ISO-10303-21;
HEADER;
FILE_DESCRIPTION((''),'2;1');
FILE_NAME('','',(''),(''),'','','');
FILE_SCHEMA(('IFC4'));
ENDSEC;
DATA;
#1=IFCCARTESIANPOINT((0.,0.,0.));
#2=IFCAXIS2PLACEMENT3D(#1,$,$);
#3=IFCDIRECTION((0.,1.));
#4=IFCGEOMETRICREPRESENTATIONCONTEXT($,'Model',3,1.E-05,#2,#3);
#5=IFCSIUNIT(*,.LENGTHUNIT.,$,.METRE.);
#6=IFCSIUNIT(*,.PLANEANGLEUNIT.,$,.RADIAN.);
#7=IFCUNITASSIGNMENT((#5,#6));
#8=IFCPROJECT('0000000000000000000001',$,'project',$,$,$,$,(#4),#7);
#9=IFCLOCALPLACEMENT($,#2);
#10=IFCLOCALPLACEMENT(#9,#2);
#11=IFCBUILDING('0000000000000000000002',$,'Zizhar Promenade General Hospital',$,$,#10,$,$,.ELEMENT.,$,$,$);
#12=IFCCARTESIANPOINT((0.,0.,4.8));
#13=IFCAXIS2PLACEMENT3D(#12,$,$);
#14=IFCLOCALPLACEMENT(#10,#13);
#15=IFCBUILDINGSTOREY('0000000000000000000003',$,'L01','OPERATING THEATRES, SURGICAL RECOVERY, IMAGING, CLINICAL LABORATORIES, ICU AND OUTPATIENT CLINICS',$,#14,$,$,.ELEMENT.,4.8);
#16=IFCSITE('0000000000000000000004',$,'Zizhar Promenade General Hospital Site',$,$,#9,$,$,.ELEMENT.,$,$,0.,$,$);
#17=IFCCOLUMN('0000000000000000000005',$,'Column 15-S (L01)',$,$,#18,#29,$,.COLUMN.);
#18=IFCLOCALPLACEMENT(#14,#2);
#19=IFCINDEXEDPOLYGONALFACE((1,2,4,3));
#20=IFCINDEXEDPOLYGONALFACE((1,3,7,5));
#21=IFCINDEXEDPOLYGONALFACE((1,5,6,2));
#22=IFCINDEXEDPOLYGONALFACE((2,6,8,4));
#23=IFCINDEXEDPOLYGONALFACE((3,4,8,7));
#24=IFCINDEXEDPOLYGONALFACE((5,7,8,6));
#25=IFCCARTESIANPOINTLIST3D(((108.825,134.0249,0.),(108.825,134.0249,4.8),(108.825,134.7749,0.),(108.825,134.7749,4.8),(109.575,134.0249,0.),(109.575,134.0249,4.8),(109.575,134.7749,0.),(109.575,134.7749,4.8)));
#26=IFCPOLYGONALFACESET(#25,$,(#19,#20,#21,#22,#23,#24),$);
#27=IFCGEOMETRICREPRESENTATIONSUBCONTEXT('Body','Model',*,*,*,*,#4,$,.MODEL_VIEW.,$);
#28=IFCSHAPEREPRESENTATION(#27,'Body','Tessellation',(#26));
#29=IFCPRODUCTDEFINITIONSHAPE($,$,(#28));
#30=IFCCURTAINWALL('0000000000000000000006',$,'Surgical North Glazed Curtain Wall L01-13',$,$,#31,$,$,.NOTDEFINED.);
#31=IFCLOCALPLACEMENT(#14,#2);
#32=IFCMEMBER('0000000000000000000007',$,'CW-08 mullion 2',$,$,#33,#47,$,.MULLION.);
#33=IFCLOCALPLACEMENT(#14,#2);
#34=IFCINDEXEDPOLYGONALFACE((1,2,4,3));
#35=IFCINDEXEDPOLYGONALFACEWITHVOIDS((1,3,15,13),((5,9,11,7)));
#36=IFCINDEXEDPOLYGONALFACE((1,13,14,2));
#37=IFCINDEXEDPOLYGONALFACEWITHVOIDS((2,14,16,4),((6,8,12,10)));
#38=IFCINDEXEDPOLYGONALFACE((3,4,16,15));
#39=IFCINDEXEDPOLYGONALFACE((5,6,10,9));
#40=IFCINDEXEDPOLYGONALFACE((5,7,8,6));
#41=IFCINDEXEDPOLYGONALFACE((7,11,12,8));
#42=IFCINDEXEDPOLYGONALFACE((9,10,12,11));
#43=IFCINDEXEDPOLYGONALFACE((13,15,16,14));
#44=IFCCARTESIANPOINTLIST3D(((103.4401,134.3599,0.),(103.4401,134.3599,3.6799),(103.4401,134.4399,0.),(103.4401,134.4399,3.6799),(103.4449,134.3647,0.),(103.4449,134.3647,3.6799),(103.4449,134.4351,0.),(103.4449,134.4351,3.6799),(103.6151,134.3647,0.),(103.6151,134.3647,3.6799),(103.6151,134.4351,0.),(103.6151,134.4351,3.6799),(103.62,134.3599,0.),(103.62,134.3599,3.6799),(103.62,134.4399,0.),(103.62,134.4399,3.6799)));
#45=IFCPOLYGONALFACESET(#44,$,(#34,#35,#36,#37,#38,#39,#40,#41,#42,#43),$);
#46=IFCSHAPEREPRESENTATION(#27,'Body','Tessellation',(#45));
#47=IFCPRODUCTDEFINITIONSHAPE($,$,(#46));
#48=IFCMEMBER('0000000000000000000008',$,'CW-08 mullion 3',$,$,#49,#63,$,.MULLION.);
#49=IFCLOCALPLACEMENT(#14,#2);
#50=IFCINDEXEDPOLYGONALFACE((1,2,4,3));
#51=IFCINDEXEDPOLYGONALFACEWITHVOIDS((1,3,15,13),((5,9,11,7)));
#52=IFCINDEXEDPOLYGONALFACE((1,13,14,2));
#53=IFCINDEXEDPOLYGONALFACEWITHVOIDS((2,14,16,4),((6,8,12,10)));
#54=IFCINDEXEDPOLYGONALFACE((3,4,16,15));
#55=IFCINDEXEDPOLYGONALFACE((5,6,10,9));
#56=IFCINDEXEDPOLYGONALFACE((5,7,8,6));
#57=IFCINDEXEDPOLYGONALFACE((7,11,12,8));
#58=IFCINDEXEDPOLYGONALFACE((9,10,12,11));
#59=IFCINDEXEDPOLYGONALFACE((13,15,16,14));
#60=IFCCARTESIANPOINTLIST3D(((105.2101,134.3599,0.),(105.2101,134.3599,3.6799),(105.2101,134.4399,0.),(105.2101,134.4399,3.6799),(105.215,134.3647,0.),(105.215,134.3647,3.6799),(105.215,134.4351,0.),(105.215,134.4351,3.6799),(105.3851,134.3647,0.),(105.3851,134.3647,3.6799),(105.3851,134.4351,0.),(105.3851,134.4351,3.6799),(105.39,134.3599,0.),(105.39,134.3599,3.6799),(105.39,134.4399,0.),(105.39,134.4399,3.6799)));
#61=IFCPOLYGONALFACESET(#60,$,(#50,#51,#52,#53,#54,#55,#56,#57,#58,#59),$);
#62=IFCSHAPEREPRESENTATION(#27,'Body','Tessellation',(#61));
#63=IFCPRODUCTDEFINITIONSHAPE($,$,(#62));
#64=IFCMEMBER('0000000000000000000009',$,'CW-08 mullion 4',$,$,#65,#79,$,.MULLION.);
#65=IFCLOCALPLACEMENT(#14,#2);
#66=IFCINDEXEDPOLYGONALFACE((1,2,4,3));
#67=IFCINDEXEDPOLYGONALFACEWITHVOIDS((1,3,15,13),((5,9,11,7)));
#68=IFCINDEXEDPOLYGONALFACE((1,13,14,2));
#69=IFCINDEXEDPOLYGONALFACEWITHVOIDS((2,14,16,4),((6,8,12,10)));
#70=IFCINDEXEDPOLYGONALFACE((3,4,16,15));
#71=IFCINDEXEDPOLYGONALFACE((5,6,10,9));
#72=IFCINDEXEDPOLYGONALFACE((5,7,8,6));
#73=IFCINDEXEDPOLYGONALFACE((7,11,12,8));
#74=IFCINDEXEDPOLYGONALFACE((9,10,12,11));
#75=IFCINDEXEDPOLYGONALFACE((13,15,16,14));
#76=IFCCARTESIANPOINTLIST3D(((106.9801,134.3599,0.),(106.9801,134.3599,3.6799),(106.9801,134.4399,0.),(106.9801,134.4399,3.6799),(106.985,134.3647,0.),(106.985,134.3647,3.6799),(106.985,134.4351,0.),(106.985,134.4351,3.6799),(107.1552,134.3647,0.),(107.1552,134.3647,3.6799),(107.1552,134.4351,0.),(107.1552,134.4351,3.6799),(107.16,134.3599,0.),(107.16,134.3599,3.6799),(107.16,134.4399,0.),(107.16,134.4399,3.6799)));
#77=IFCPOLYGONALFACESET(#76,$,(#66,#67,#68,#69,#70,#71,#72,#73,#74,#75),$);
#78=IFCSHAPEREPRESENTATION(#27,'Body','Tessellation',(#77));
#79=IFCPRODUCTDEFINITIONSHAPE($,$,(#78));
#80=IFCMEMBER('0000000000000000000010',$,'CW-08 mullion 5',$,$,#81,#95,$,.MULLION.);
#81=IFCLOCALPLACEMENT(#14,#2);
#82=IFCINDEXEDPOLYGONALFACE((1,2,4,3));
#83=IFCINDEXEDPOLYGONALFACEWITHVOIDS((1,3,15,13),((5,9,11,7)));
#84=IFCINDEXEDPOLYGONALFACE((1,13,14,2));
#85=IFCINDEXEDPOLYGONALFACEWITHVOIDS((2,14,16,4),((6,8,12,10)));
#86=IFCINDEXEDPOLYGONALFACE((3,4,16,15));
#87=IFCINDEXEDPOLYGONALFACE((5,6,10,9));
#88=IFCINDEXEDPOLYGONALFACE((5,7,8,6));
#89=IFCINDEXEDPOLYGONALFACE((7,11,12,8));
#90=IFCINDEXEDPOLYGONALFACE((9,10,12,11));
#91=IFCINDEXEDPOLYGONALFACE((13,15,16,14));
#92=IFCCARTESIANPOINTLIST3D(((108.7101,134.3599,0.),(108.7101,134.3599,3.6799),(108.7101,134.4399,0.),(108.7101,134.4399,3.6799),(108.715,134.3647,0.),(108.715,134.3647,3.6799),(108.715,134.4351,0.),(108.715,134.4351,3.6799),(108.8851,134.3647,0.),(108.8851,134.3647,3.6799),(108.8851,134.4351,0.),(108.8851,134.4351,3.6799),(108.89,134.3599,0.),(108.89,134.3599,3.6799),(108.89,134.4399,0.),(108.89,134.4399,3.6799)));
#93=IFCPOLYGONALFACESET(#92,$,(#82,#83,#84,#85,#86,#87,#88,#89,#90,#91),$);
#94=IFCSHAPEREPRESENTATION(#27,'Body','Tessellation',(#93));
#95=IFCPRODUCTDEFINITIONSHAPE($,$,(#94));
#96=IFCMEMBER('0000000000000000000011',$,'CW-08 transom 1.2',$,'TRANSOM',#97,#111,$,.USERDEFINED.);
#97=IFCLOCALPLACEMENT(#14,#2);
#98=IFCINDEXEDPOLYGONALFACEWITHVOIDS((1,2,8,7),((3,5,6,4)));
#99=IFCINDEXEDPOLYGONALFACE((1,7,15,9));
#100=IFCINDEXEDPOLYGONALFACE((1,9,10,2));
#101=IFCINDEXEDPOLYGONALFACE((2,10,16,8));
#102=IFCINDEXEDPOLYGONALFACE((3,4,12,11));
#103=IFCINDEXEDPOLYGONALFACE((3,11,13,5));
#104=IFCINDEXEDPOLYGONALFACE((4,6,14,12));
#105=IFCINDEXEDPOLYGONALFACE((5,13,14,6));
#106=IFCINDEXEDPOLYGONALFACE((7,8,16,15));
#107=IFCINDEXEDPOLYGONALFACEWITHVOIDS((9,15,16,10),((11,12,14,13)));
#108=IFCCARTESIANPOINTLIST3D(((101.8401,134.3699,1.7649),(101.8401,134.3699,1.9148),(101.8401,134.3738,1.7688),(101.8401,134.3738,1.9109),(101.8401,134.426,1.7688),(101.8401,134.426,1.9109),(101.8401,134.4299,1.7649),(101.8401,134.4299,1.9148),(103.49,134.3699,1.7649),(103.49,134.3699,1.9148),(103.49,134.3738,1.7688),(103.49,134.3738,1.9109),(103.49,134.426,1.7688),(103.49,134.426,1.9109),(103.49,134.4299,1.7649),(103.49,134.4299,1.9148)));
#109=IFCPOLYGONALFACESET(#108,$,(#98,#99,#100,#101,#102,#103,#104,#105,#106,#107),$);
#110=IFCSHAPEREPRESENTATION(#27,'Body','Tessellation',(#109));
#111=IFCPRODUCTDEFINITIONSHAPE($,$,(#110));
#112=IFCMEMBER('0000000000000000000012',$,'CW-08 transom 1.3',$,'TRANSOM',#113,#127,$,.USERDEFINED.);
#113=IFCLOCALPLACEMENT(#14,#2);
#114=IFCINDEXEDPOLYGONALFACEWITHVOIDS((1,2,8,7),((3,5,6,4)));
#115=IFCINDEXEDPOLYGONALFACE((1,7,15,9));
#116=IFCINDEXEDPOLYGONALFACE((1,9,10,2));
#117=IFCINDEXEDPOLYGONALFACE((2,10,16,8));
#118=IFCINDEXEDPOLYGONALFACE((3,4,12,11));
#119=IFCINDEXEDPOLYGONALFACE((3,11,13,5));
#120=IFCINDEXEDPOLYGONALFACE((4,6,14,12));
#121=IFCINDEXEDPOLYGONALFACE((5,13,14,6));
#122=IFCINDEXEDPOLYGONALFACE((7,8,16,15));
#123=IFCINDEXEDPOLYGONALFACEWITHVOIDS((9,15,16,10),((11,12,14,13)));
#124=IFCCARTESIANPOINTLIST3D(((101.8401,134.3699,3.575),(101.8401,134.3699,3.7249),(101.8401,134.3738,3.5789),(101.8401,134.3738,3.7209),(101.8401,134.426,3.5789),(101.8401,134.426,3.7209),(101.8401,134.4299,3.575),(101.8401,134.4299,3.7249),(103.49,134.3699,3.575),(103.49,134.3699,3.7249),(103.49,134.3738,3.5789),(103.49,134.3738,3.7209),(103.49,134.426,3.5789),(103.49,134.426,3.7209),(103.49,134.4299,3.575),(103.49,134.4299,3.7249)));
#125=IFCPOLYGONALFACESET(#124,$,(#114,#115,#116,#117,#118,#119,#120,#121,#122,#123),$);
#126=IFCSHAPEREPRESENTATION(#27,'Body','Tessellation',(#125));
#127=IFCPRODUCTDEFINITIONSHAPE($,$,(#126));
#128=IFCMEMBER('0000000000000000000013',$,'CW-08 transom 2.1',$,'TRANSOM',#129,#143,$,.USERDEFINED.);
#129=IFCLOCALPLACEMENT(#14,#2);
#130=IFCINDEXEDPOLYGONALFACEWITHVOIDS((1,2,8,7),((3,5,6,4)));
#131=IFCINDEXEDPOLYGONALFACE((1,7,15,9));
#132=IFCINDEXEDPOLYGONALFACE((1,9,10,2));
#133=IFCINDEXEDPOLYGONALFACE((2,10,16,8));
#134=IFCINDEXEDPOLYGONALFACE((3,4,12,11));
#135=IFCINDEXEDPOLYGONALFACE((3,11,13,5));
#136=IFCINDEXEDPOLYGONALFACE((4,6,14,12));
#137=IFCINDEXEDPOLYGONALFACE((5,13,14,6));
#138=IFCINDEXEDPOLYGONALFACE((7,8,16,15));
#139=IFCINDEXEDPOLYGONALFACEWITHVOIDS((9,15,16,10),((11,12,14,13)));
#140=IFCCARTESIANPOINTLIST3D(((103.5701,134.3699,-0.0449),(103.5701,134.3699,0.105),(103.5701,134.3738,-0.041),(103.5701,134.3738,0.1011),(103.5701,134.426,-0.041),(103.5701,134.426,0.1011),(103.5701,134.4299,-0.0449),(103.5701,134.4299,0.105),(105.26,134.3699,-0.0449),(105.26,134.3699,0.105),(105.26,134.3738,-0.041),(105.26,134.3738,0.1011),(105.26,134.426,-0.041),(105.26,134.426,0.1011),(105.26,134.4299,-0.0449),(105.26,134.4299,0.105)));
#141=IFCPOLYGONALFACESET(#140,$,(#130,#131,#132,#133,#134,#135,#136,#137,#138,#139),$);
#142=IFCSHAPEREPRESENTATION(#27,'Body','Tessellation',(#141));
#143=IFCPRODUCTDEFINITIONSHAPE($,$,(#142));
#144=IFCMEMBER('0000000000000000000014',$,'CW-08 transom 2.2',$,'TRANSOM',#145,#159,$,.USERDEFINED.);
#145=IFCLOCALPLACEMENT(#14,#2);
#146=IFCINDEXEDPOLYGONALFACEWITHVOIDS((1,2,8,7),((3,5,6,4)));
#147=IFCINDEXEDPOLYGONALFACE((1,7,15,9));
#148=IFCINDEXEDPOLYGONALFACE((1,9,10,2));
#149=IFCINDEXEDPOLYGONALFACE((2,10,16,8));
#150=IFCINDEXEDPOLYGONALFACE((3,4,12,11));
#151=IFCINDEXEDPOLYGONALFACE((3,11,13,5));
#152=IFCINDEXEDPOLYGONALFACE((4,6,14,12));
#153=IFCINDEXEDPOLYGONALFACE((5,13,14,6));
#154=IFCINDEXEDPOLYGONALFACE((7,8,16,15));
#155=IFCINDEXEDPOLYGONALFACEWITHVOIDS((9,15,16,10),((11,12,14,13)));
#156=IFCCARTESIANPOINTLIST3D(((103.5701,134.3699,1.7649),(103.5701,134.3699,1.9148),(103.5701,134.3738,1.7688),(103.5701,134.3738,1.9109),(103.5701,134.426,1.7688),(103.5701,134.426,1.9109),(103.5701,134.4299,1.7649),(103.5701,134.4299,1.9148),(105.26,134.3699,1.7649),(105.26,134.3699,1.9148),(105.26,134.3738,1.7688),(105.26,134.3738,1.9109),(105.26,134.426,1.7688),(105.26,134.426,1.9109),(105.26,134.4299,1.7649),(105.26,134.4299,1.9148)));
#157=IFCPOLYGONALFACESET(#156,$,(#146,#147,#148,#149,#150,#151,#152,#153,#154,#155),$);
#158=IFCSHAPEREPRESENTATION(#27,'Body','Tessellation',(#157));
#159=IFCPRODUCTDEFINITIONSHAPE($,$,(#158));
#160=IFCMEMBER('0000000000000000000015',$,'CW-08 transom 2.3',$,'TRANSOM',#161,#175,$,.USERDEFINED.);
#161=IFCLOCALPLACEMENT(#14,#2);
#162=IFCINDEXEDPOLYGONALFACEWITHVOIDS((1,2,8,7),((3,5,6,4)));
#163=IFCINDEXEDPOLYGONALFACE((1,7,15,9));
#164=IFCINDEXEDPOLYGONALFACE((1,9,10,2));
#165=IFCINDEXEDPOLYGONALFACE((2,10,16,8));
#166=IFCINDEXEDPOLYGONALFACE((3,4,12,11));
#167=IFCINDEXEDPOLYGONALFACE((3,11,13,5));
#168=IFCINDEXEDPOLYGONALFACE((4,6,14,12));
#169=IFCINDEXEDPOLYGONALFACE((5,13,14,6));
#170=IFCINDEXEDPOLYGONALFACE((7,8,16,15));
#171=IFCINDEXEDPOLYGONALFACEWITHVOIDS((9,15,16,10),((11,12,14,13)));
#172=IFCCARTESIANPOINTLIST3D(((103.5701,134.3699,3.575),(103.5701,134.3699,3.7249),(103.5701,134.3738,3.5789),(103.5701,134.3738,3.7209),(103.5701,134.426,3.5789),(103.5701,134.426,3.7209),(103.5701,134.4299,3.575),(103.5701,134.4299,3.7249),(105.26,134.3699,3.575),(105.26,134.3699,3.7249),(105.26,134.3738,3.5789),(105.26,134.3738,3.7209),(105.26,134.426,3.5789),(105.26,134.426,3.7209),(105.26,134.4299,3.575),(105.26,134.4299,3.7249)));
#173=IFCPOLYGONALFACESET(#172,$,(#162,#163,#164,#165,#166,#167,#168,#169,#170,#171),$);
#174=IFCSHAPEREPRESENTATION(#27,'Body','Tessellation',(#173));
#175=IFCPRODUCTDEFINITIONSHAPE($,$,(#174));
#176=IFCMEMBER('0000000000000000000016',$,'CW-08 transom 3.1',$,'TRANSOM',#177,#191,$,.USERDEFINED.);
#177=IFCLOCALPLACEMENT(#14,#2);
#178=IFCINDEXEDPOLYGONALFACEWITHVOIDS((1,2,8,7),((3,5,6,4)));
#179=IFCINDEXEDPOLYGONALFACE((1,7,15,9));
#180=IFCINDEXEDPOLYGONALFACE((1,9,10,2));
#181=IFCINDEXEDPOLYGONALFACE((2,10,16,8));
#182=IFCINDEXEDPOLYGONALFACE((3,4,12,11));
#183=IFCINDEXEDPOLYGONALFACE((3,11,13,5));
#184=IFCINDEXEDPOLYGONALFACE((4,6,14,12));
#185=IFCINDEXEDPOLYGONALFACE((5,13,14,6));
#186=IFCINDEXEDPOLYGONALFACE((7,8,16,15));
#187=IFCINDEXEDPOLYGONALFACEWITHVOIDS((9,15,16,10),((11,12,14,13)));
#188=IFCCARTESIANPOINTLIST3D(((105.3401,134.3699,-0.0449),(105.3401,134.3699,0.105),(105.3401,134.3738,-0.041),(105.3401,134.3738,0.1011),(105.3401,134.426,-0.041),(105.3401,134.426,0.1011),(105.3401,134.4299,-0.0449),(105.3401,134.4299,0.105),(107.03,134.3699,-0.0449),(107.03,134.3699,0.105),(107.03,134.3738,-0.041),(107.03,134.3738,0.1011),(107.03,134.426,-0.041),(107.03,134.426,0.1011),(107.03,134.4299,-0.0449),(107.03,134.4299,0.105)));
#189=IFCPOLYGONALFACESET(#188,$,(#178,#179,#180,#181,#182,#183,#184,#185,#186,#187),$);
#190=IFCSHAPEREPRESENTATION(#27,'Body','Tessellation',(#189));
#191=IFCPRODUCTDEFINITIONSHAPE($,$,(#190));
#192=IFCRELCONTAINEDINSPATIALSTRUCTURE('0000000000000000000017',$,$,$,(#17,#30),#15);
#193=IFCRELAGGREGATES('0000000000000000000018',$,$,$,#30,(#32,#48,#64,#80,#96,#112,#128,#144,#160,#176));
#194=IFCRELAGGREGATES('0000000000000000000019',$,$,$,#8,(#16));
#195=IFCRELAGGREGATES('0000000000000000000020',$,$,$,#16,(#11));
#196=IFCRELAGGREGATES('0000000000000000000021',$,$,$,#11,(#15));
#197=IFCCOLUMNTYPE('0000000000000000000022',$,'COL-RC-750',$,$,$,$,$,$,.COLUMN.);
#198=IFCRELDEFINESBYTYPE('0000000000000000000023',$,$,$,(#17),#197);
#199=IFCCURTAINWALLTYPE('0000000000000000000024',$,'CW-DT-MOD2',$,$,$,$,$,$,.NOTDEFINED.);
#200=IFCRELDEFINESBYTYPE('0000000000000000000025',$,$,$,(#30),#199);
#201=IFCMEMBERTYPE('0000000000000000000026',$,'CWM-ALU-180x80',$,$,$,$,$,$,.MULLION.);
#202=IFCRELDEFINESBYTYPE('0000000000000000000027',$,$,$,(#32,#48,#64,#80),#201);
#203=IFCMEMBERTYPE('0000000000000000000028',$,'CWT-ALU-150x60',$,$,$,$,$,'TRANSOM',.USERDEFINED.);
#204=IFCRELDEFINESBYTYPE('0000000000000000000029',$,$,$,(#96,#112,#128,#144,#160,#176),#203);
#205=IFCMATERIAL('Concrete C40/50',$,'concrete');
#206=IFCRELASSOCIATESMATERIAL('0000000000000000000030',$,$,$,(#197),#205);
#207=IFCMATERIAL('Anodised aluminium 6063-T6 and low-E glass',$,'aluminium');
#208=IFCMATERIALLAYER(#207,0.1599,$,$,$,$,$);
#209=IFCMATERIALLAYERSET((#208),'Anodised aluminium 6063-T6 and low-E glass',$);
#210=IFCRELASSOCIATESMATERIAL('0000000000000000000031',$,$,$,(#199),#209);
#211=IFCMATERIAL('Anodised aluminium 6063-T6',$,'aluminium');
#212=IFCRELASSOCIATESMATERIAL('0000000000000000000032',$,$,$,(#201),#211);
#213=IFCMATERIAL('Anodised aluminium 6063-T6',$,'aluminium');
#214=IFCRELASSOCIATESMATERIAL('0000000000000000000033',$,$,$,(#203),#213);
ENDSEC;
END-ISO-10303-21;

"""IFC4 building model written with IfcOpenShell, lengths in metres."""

from ifc_helpers import new_model, si_unit, direction, frame, origin, origin_2d, place, context, subcontext, project, spatial, rectangle, hollow_rectangle, extrude, material, layer, layer_set, material_profile, profile_set, type_object, element, aggregate, save


model = new_model("IFC4")

# Units and contexts
model_context = context("Model", 3, precision=1e-05, world=origin(), true_north=direction((0.0, 1.0)))
body_context = subcontext(model_context, "Body", "Model", "MODEL_VIEW")
ifc_project = project(units=[si_unit("LENGTHUNIT", "METRE"), si_unit("PLANEANGLEUNIT", "RADIAN")], contexts=[model_context])

# Site, building, storey
site_placement = place(None, origin())
site = spatial("IfcSite", under=ifc_project, at=site_placement, Name="Zizhar Promenade General Hospital Site", CompositionType="ELEMENT", RefElevation=0.0)
building_placement = place(site_placement, origin())
building = spatial("IfcBuilding", under=site, at=building_placement, Name="Zizhar Promenade General Hospital", CompositionType="ELEMENT")
storey_placement = place(building_placement, frame((0.0, 0.0, 4.8)))
storey = spatial("IfcBuildingStorey", under=building, at=storey_placement, Name="L01", Description="OPERATING THEATRES, SURGICAL RECOVERY, IMAGING, CLINICAL LABORATORIES, ICU AND OUTPATIENT CLINICS", CompositionType="ELEMENT", Elevation=4.8)

# Column
ifc_material_1 = material(Name="Concrete C40/50", Category="concrete")
ifc_material_profile_1 = material_profile(ifc_material_1, rectangle(XDim=0.75, YDim=0.75, at=origin_2d()))
ifc_profile_set_1 = profile_set([ifc_material_profile_1], Name="Concrete C40/50")
column_type = type_object("IfcColumnType", Name="COL-RC-750", PredefinedType="COLUMN", material=ifc_profile_set_1)
column_placement = place(storey_placement, frame((109.2, 134.3999, 0.0), z_axis=(0.0, 0.0, 1.0), x_axis=(1.0, 0.0, 0.0)))
element("IfcColumn", 1, at=column_placement, inside=storey, type_object=column_type, Name="Column 15-S (L01)", PredefinedType="COLUMN", context=body_context, shape_type="SweptSolid", body=[
    extrude(rectangle(XDim=0.75, YDim=0.75, at=origin_2d()), origin(), (0.0, 0.0, 1.0), 4.8),
])

# Curtain wall, members
ifc_material_2 = material(Name="Anodised aluminium 6063-T6 and low-E glass", Category="aluminium")
ifc_layer_1 = layer(ifc_material_2, 0.1599)
ifc_layer_set_1 = layer_set([ifc_layer_1], Name="Anodised aluminium 6063-T6 and low-E glass")
curtain_wall_type = type_object("IfcCurtainWallType", Name="CW-DT-MOD2", PredefinedType="NOTDEFINED", material=ifc_layer_set_1)
curtain_wall_placement = place(storey_placement, origin())
curtain_wall = element("IfcCurtainWall", 2, at=curtain_wall_placement, inside=storey, type_object=curtain_wall_type, Name="Surgical North Glazed Curtain Wall L01-13", PredefinedType="NOTDEFINED")
ifc_material_3 = material(Name="Anodised aluminium 6063-T6", Category="aluminium")
ifc_material_profile_2 = material_profile(ifc_material_3, hollow_rectangle(XDim=0.0801, YDim=0.1799, WallThickness=0.0049, at=origin_2d()))
ifc_profile_set_2 = profile_set([ifc_material_profile_2], Name="Anodised aluminium 6063-T6")
member_type_1 = type_object("IfcMemberType", Name="CWM-ALU-180x80", PredefinedType="MULLION", material=ifc_profile_set_2)
member_1_placement = place(storey_placement, frame((103.53, 134.3999, 0.0), z_axis=(0.0, 0.0, 1.0), x_axis=(0.0, 1.0, 0.0)))
member_1 = element("IfcMember", 3, at=member_1_placement, type_object=member_type_1, Name="CW-08 mullion 2", PredefinedType="MULLION", context=body_context, shape_type="SweptSolid", body=[
    extrude(hollow_rectangle(XDim=0.0801, YDim=0.1799, WallThickness=0.0049, at=origin_2d()), origin(), (0.0, 0.0, 1.0), 3.6799),
])
member_2_placement = place(storey_placement, frame((105.3, 134.3999, 0.0), z_axis=(0.0, 0.0, 1.0), x_axis=(0.0, 1.0, 0.0)))
member_2 = element("IfcMember", 4, at=member_2_placement, type_object=member_type_1, Name="CW-08 mullion 3", PredefinedType="MULLION", context=body_context, shape_type="SweptSolid", body=[
    extrude(hollow_rectangle(XDim=0.0801, YDim=0.1799, WallThickness=0.0049, at=origin_2d()), origin(), (0.0, 0.0, 1.0), 3.6799),
])
member_3_placement = place(storey_placement, frame((107.0701, 134.3999, 0.0), z_axis=(0.0, 0.0, 1.0), x_axis=(0.0, 1.0, 0.0)))
member_3 = element("IfcMember", 5, at=member_3_placement, type_object=member_type_1, Name="CW-08 mullion 4", PredefinedType="MULLION", context=body_context, shape_type="SweptSolid", body=[
    extrude(hollow_rectangle(XDim=0.0801, YDim=0.1799, WallThickness=0.0049, at=origin_2d()), origin(), (0.0, 0.0, 1.0), 3.6799),
])
member_4_placement = place(storey_placement, frame((108.8, 134.3999, 0.0), z_axis=(0.0, 0.0, 1.0), x_axis=(0.0, 1.0, 0.0)))
member_4 = element("IfcMember", 6, at=member_4_placement, type_object=member_type_1, Name="CW-08 mullion 5", PredefinedType="MULLION", context=body_context, shape_type="SweptSolid", body=[
    extrude(hollow_rectangle(XDim=0.0801, YDim=0.1799, WallThickness=0.0049, at=origin_2d()), origin(), (0.0, 0.0, 1.0), 3.6799),
])
ifc_material_4 = material(Name="Anodised aluminium 6063-T6", Category="aluminium")
ifc_material_profile_3 = material_profile(ifc_material_4, hollow_rectangle(XDim=0.0601, YDim=0.1499, WallThickness=0.0039, at=origin_2d()))
ifc_profile_set_3 = profile_set([ifc_material_profile_3], Name="Anodised aluminium 6063-T6")
member_type_2 = type_object("IfcMemberType", Name="CWT-ALU-150x60", ElementType="TRANSOM", PredefinedType="USERDEFINED", material=ifc_profile_set_3)
member_5_placement = place(storey_placement, frame((101.8401, 134.3999, 1.8398), z_axis=(1.0, 0.0, 0.0), x_axis=(0.0, 1.0, 0.0)))
member_5 = element("IfcMember", 7, at=member_5_placement, type_object=member_type_2, Name="CW-08 transom 1.2", ObjectType="TRANSOM", PredefinedType="USERDEFINED", context=body_context, shape_type="SweptSolid", body=[
    extrude(hollow_rectangle(XDim=0.0601, YDim=0.1499, WallThickness=0.0039, at=origin_2d()), origin(), (0.0, 0.0, 1.0), 1.6499),
])
member_6_placement = place(storey_placement, frame((101.8401, 134.3999, 3.6499), z_axis=(1.0, 0.0, 0.0), x_axis=(0.0, 1.0, 0.0)))
member_6 = element("IfcMember", 8, at=member_6_placement, type_object=member_type_2, Name="CW-08 transom 1.3", ObjectType="TRANSOM", PredefinedType="USERDEFINED", context=body_context, shape_type="SweptSolid", body=[
    extrude(hollow_rectangle(XDim=0.0601, YDim=0.1499, WallThickness=0.0039, at=origin_2d()), origin(), (0.0, 0.0, 1.0), 1.6499),
])
member_7_placement = place(storey_placement, frame((103.5701, 134.3999, 0.03), z_axis=(1.0, 0.0, 0.0), x_axis=(0.0, 1.0, 0.0)))
member_7 = element("IfcMember", 9, at=member_7_placement, type_object=member_type_2, Name="CW-08 transom 2.1", ObjectType="TRANSOM", PredefinedType="USERDEFINED", context=body_context, shape_type="SweptSolid", body=[
    extrude(hollow_rectangle(XDim=0.0601, YDim=0.1499, WallThickness=0.0039, at=origin_2d()), origin(), (0.0, 0.0, 1.0), 1.6899),
])
member_8_placement = place(storey_placement, frame((103.5701, 134.3999, 1.8398), z_axis=(1.0, 0.0, 0.0), x_axis=(0.0, 1.0, 0.0)))
member_8 = element("IfcMember", 10, at=member_8_placement, type_object=member_type_2, Name="CW-08 transom 2.2", ObjectType="TRANSOM", PredefinedType="USERDEFINED", context=body_context, shape_type="SweptSolid", body=[
    extrude(hollow_rectangle(XDim=0.0601, YDim=0.1499, WallThickness=0.0039, at=origin_2d()), origin(), (0.0, 0.0, 1.0), 1.6899),
])
member_9_placement = place(storey_placement, frame((103.5701, 134.3999, 3.6499), z_axis=(1.0, 0.0, 0.0), x_axis=(0.0, 1.0, 0.0)))
member_9 = element("IfcMember", 11, at=member_9_placement, type_object=member_type_2, Name="CW-08 transom 2.3", ObjectType="TRANSOM", PredefinedType="USERDEFINED", context=body_context, shape_type="SweptSolid", body=[
    extrude(hollow_rectangle(XDim=0.0601, YDim=0.1499, WallThickness=0.0039, at=origin_2d()), origin(), (0.0, 0.0, 1.0), 1.6899),
])
member_10_placement = place(storey_placement, frame((105.3401, 134.3999, 0.03), z_axis=(1.0, 0.0, 0.0), x_axis=(0.0, 1.0, 0.0)))
member_10 = element("IfcMember", 12, at=member_10_placement, type_object=member_type_2, Name="CW-08 transom 3.1", ObjectType="TRANSOM", PredefinedType="USERDEFINED", context=body_context, shape_type="SweptSolid", body=[
    extrude(hollow_rectangle(XDim=0.0601, YDim=0.1499, WallThickness=0.0039, at=origin_2d()), origin(), (0.0, 0.0, 1.0), 1.6899),
])
aggregate(curtain_wall, [member_1, member_2, member_3, member_4, member_5, member_6, member_7, member_8, member_9, member_10])

save(model, "model.ifc")
